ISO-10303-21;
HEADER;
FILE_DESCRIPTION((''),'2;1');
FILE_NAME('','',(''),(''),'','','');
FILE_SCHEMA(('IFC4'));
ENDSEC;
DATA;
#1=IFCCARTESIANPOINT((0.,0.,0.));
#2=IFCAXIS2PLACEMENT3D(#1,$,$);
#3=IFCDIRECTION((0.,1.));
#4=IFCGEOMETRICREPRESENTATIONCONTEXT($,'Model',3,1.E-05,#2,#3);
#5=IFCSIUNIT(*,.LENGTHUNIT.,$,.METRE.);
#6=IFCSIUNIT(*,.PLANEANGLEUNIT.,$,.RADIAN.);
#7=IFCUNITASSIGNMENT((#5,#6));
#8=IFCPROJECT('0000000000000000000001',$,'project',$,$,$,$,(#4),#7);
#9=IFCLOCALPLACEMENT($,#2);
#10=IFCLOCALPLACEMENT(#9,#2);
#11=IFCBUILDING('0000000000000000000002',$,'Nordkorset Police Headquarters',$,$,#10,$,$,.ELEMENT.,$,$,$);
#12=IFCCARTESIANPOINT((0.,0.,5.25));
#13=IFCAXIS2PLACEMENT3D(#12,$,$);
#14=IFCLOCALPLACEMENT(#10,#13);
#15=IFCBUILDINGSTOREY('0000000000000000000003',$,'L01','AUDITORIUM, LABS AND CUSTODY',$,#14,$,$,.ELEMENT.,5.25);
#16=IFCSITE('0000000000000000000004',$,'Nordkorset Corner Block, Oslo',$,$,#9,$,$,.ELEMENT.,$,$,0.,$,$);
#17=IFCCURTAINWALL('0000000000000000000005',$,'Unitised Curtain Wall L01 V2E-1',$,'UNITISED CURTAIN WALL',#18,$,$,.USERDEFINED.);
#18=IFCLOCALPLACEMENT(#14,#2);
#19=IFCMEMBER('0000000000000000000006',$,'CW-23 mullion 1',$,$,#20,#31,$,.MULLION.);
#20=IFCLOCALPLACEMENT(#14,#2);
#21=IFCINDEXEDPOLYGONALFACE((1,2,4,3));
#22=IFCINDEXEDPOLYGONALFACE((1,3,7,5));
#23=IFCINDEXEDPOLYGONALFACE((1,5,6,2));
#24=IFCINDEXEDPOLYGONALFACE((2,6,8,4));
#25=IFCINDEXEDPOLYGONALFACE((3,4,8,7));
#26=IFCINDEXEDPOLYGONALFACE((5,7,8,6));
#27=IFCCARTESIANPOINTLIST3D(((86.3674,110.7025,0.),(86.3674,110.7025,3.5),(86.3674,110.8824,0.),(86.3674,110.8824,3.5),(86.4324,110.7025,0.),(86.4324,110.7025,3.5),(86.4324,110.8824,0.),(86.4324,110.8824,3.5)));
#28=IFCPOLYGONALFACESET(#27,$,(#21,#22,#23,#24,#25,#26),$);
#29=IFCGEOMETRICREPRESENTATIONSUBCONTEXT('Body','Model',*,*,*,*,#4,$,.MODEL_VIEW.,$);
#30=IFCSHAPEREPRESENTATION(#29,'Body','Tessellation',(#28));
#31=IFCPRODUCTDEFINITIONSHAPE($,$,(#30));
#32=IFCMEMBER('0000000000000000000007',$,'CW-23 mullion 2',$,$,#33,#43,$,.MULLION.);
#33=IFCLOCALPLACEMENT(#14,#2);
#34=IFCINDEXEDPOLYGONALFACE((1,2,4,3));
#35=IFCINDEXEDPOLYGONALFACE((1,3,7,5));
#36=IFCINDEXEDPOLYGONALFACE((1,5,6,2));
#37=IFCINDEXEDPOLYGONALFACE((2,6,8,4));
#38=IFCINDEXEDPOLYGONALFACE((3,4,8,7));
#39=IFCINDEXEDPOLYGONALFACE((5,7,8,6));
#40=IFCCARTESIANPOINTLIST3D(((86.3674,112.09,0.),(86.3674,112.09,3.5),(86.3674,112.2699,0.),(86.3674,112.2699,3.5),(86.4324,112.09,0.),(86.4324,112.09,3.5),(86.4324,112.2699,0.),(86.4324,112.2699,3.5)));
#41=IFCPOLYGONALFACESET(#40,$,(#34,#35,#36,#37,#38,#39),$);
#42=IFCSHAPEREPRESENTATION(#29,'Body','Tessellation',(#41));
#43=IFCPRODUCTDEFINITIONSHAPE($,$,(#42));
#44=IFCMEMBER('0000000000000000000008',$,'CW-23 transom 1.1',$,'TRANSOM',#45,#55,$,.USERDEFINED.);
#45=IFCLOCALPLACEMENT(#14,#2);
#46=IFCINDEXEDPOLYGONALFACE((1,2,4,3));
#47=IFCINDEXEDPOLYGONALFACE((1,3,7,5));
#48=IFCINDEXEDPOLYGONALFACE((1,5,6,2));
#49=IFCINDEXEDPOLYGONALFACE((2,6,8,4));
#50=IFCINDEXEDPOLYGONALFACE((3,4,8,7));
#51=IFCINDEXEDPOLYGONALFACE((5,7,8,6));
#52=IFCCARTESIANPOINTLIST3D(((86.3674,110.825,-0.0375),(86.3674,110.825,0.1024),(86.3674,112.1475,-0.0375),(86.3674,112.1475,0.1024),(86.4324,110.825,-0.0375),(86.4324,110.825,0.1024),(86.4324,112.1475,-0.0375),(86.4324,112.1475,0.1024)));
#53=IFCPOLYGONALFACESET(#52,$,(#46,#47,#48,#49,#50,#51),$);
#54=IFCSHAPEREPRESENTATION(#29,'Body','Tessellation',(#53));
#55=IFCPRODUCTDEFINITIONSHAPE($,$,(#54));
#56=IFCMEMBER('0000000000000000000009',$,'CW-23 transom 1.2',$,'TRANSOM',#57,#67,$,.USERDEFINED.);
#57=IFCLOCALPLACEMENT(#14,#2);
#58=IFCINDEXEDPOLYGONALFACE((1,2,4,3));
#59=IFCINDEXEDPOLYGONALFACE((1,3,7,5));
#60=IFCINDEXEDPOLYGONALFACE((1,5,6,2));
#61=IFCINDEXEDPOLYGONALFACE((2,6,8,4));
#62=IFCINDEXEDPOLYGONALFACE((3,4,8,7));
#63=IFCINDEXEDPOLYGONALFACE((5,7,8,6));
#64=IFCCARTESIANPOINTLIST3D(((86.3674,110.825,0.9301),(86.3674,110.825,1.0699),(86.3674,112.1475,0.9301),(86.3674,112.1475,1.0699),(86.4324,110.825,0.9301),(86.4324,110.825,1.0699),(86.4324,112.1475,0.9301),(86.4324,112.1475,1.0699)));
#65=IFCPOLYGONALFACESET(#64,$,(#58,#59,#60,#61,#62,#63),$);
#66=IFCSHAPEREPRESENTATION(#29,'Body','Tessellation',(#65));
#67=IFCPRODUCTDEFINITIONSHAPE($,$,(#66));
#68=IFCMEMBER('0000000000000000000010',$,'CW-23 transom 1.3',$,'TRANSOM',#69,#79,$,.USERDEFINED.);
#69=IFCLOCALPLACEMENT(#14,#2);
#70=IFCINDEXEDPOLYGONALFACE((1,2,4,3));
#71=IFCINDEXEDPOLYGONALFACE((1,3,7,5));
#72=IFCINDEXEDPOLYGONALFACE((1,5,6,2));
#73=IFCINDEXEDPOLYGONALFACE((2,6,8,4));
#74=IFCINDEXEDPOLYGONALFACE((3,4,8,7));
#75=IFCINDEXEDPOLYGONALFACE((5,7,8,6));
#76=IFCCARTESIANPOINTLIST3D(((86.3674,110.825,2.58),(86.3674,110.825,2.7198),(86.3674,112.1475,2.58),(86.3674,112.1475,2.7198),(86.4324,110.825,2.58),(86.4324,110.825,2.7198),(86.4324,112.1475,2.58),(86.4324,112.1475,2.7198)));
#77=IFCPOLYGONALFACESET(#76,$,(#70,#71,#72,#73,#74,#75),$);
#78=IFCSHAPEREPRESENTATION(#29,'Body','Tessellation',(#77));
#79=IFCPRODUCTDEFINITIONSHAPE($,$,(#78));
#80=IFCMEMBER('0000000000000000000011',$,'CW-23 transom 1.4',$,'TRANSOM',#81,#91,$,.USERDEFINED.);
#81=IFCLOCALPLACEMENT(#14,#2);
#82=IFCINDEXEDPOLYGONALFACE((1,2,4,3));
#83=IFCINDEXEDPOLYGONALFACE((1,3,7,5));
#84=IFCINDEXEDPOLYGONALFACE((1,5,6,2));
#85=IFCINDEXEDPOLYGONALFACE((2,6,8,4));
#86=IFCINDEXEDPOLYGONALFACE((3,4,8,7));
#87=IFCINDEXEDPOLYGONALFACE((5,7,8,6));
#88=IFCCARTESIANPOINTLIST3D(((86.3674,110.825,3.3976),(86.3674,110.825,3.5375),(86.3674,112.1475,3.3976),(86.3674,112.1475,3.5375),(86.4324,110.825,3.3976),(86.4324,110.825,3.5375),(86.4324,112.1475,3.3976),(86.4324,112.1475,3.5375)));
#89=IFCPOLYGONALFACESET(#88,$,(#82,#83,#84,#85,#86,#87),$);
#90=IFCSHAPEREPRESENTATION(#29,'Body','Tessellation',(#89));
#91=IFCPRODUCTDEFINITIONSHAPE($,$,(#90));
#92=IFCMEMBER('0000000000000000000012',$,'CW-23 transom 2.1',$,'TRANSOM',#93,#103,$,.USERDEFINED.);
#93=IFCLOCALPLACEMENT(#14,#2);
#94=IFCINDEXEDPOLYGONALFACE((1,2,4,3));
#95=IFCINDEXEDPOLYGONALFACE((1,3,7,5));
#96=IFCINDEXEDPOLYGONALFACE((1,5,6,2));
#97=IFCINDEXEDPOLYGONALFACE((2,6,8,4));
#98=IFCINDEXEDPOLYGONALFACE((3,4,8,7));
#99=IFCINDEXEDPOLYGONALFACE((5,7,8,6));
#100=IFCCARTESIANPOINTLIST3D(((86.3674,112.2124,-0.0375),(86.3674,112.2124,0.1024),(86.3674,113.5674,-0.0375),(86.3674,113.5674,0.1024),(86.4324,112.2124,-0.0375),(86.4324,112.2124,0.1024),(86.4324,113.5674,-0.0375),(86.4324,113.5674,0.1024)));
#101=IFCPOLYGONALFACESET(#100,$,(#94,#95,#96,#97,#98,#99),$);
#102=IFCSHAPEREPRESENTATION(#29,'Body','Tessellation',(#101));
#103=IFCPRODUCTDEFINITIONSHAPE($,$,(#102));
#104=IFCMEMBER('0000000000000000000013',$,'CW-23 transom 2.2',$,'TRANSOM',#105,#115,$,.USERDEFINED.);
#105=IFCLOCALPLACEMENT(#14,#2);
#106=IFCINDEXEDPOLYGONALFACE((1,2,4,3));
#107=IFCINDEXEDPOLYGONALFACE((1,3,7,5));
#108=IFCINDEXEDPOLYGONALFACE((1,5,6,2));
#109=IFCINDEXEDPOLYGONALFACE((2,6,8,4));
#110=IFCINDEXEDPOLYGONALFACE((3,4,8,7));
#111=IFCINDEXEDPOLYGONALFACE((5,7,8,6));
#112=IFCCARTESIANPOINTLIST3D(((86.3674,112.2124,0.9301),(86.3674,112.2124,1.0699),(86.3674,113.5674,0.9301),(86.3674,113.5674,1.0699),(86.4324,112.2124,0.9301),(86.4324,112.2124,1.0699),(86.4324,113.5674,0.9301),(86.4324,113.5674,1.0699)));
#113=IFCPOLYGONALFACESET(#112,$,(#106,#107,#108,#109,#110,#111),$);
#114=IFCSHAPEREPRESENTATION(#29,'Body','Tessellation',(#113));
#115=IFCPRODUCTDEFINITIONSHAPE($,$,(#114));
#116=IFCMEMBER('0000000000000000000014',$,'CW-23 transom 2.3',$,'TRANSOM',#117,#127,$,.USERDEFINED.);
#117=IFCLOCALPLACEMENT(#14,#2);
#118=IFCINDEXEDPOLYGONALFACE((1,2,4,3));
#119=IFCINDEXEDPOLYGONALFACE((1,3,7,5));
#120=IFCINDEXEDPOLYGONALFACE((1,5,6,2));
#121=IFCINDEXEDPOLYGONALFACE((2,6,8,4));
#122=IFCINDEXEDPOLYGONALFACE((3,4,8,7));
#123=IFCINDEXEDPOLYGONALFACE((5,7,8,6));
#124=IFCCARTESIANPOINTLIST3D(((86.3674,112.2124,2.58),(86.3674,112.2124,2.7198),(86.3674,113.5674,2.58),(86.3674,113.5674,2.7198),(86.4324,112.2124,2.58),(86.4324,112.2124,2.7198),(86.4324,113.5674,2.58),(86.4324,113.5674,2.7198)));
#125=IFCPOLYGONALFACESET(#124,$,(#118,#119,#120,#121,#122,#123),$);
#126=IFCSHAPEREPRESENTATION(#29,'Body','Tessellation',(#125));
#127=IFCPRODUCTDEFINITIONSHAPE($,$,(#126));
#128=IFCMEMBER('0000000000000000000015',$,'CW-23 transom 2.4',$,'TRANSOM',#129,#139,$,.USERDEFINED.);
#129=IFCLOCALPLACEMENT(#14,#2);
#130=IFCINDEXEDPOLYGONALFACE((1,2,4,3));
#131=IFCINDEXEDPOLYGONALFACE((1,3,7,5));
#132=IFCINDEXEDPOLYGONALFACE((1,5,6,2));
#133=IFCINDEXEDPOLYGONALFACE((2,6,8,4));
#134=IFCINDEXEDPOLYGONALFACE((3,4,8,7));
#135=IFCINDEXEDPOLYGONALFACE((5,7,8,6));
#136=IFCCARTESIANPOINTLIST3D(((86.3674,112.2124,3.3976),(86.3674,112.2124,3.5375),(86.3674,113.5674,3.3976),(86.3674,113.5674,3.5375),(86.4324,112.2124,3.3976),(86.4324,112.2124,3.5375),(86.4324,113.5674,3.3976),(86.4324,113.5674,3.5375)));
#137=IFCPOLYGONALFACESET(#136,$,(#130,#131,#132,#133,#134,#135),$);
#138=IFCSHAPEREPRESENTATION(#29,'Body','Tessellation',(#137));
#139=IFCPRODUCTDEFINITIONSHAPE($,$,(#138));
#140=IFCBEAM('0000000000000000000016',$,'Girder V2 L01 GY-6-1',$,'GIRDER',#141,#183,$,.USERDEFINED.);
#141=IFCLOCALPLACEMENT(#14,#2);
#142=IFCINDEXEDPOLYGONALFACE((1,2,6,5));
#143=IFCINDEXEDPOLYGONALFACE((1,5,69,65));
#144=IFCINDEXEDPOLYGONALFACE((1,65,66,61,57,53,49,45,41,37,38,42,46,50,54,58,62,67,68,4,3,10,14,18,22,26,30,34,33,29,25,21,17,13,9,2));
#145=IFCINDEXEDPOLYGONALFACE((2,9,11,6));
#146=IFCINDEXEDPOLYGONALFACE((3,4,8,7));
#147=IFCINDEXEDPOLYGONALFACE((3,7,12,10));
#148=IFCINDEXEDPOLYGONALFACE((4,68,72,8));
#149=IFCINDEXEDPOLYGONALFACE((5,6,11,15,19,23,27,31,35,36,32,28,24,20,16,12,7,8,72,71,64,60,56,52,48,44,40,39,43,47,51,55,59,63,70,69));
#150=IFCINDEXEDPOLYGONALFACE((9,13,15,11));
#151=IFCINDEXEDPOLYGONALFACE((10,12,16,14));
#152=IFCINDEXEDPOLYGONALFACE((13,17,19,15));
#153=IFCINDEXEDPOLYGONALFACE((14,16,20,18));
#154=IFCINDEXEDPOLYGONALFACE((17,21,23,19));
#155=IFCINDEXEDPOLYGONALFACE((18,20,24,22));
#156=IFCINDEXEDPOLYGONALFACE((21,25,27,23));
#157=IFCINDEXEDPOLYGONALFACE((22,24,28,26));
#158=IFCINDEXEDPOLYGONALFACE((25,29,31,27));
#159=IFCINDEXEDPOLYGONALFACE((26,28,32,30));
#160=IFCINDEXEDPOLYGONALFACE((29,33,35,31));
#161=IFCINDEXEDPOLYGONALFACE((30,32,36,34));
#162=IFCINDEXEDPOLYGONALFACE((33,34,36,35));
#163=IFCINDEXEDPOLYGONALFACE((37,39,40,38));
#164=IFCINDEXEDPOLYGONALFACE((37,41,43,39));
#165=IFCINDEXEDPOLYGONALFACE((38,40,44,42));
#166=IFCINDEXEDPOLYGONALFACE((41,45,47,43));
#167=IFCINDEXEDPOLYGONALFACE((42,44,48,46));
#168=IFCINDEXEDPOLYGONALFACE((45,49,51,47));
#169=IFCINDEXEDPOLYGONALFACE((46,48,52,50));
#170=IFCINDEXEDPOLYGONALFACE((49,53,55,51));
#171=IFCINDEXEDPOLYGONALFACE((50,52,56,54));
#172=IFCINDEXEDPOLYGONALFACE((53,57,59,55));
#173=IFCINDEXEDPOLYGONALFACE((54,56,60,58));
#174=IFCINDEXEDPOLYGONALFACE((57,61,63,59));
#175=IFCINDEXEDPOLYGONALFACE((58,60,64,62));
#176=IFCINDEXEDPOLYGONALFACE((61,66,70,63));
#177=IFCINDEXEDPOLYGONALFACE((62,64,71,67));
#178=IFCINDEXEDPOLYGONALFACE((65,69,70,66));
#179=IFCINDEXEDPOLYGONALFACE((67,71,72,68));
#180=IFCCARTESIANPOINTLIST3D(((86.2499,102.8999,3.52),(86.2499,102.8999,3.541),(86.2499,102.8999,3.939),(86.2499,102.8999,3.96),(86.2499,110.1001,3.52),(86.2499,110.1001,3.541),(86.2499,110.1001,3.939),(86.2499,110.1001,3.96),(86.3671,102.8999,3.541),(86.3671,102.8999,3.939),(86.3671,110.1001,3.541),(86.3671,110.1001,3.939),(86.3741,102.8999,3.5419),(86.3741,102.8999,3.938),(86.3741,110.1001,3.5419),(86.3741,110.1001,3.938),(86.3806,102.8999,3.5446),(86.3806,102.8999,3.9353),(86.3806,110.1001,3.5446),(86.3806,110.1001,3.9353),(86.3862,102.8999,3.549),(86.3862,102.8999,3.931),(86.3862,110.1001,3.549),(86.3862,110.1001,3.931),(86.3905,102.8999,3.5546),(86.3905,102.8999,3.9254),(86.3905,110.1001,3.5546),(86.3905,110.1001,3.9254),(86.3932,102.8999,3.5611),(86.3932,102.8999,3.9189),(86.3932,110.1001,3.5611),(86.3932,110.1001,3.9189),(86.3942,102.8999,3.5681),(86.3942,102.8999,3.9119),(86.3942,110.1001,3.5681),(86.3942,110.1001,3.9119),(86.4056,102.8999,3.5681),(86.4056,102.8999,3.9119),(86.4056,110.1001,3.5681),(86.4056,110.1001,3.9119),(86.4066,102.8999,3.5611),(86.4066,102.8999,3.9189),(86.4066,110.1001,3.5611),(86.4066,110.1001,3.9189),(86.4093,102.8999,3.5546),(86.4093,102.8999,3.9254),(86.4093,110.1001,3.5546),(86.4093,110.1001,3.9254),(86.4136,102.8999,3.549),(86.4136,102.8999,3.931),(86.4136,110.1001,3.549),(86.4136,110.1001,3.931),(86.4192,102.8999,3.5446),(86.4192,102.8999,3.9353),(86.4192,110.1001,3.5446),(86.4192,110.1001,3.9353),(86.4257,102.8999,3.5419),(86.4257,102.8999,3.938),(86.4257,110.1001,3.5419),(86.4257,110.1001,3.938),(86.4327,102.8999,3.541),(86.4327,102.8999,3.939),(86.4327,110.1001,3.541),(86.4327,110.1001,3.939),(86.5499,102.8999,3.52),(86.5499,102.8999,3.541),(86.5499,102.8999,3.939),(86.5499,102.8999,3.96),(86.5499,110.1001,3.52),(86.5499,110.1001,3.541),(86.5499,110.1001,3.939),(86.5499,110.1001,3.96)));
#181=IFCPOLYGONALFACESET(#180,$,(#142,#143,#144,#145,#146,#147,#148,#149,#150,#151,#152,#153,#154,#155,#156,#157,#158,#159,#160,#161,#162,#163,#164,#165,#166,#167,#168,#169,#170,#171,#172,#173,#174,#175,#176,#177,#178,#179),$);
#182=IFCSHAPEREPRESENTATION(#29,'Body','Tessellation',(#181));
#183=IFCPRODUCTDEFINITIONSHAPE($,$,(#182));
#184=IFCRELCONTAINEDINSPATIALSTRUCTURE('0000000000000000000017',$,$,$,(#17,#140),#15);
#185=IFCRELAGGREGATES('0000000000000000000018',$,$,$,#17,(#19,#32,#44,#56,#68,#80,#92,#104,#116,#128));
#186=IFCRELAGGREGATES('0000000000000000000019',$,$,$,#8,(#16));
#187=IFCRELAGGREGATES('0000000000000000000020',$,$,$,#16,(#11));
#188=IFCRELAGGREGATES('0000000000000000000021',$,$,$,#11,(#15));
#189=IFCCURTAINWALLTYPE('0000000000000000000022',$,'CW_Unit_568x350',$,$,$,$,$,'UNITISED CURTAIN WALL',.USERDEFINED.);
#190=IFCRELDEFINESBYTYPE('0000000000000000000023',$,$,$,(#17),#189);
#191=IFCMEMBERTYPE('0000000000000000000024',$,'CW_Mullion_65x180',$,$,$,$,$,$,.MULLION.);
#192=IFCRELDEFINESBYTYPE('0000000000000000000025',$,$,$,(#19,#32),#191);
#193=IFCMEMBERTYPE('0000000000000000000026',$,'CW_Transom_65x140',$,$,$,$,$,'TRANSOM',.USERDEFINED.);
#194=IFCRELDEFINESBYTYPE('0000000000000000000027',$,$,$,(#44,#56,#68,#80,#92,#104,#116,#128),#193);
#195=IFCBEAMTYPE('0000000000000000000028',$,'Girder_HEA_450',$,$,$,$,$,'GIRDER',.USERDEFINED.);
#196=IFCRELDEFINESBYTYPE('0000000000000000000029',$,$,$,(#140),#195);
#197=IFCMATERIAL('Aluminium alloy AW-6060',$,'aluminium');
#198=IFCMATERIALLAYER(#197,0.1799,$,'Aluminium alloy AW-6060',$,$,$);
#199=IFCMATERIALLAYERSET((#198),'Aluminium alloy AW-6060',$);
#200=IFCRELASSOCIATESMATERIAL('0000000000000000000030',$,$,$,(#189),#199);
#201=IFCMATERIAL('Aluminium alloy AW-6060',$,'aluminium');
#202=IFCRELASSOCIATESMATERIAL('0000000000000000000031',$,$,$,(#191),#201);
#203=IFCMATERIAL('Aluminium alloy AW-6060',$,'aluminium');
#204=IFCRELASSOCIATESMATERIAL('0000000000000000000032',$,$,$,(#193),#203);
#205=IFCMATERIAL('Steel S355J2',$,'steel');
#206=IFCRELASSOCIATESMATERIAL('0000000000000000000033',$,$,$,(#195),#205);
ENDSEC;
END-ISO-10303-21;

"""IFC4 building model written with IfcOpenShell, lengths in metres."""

from ifc_helpers import new_model, si_unit, direction, frame, origin, origin_2d, place, context, subcontext, project, spatial, rectangle, i_section, extrude, material, layer, layer_set, material_profile, profile_set, type_object, element, aggregate, save


model = new_model("IFC4")

# Units and contexts
model_context = context("Model", 3, precision=1e-05, world=origin(), true_north=direction((0.0, 1.0)))
body_context = subcontext(model_context, "Body", "Model", "MODEL_VIEW")
ifc_project = project(units=[si_unit("LENGTHUNIT", "METRE"), si_unit("PLANEANGLEUNIT", "RADIAN")], contexts=[model_context])

# Site, building, storey
site_placement = place(None, origin())
site = spatial("IfcSite", under=ifc_project, at=site_placement, Name="Nordkorset Corner Block, Oslo", CompositionType="ELEMENT", RefElevation=0.0)
building_placement = place(site_placement, origin())
building = spatial("IfcBuilding", under=site, at=building_placement, Name="Nordkorset Police Headquarters", CompositionType="ELEMENT")
storey_placement = place(building_placement, frame((0.0, 0.0, 5.25)))
storey = spatial("IfcBuildingStorey", under=building, at=storey_placement, Name="L01", Description="AUDITORIUM, LABS AND CUSTODY", CompositionType="ELEMENT", Elevation=5.25)

# Curtain wall, members
ifc_material_1 = material(Name="Aluminium alloy AW-6060", Category="aluminium")
ifc_layer_1 = layer(ifc_material_1, 0.1799, Name="Aluminium alloy AW-6060")
ifc_layer_set_1 = layer_set([ifc_layer_1], Name="Aluminium alloy AW-6060")
curtain_wall_type = type_object("IfcCurtainWallType", Name="CW_Unit_568x350", ElementType="UNITISED CURTAIN WALL", PredefinedType="USERDEFINED", material=ifc_layer_set_1)
curtain_wall_placement = place(storey_placement, origin())
curtain_wall = element("IfcCurtainWall", 1, at=curtain_wall_placement, inside=storey, type_object=curtain_wall_type, Name="Unitised Curtain Wall L01 V2E-1", ObjectType="UNITISED CURTAIN WALL", PredefinedType="USERDEFINED")
ifc_material_2 = material(Name="Aluminium alloy AW-6060", Category="aluminium")
ifc_material_profile_1 = material_profile(ifc_material_2, rectangle(XDim=0.0649, YDim=0.1799, at=origin_2d()), Name="ALU MULL 65x180")
ifc_profile_set_1 = profile_set([ifc_material_profile_1], Name="Aluminium alloy AW-6060")
member_type_1 = type_object("IfcMemberType", Name="CW_Mullion_65x180", PredefinedType="MULLION", material=ifc_profile_set_1)
member_1_placement = place(storey_placement, frame((86.3999, 110.7925, 0.0), z_axis=(0.0, 0.0, 1.0), x_axis=(-1.0, 0.0, 0.0)))
member_1 = element("IfcMember", 2, at=member_1_placement, type_object=member_type_1, Name="CW-23 mullion 1", PredefinedType="MULLION", context=body_context, shape_type="SweptSolid", body=[
    extrude(rectangle(XDim=0.0649, YDim=0.1799, at=origin_2d()), origin(), (0.0, 0.0, 1.0), 3.5),
])
member_2_placement = place(storey_placement, frame((86.3999, 112.1799, 0.0), z_axis=(0.0, 0.0, 1.0), x_axis=(-1.0, 0.0, 0.0)))
member_2 = element("IfcMember", 3, at=member_2_placement, type_object=member_type_1, Name="CW-23 mullion 2", PredefinedType="MULLION", context=body_context, shape_type="SweptSolid", body=[
    extrude(rectangle(XDim=0.0649, YDim=0.1799, at=origin_2d()), origin(), (0.0, 0.0, 1.0), 3.5),
])
ifc_material_3 = material(Name="Aluminium alloy AW-6060", Category="aluminium")
ifc_material_profile_2 = material_profile(ifc_material_3, rectangle(XDim=0.0649, YDim=0.1399, at=origin_2d()), Name="ALU TRAN 65x140")
ifc_profile_set_2 = profile_set([ifc_material_profile_2], Name="Aluminium alloy AW-6060")
member_type_2 = type_object("IfcMemberType", Name="CW_Transom_65x140", ElementType="TRANSOM", PredefinedType="USERDEFINED", material=ifc_profile_set_2)
member_3_placement = place(storey_placement, frame((86.3999, 110.825, 0.0325), z_axis=(0.0, 1.0, 0.0), x_axis=(-1.0, 0.0, 0.0)))
member_3 = element("IfcMember", 4, at=member_3_placement, type_object=member_type_2, Name="CW-23 transom 1.1", ObjectType="TRANSOM", PredefinedType="USERDEFINED", context=body_context, shape_type="SweptSolid", body=[
    extrude(rectangle(XDim=0.0649, YDim=0.1399, at=origin_2d()), origin(), (0.0, 0.0, 1.0), 1.3225),
])
member_4_placement = place(storey_placement, frame((86.3999, 110.825, 1.0), z_axis=(0.0, 1.0, 0.0), x_axis=(-1.0, 0.0, 0.0)))
member_4 = element("IfcMember", 5, at=member_4_placement, type_object=member_type_2, Name="CW-23 transom 1.2", ObjectType="TRANSOM", PredefinedType="USERDEFINED", context=body_context, shape_type="SweptSolid", body=[
    extrude(rectangle(XDim=0.0649, YDim=0.1399, at=origin_2d()), origin(), (0.0, 0.0, 1.0), 1.3225),
])
member_5_placement = place(storey_placement, frame((86.3999, 110.825, 2.6499), z_axis=(0.0, 1.0, 0.0), x_axis=(-1.0, 0.0, 0.0)))
member_5 = element("IfcMember", 6, at=member_5_placement, type_object=member_type_2, Name="CW-23 transom 1.3", ObjectType="TRANSOM", PredefinedType="USERDEFINED", context=body_context, shape_type="SweptSolid", body=[
    extrude(rectangle(XDim=0.0649, YDim=0.1399, at=origin_2d()), origin(), (0.0, 0.0, 1.0), 1.3225),
])
member_6_placement = place(storey_placement, frame((86.3999, 110.825, 3.4675), z_axis=(0.0, 1.0, 0.0), x_axis=(-1.0, 0.0, 0.0)))
member_6 = element("IfcMember", 7, at=member_6_placement, type_object=member_type_2, Name="CW-23 transom 1.4", ObjectType="TRANSOM", PredefinedType="USERDEFINED", context=body_context, shape_type="SweptSolid", body=[
    extrude(rectangle(XDim=0.0649, YDim=0.1399, at=origin_2d()), origin(), (0.0, 0.0, 1.0), 1.3225),
])
member_7_placement = place(storey_placement, frame((86.3999, 112.2124, 0.0325), z_axis=(0.0, 1.0, 0.0), x_axis=(-1.0, 0.0, 0.0)))
member_7 = element("IfcMember", 8, at=member_7_placement, type_object=member_type_2, Name="CW-23 transom 2.1", ObjectType="TRANSOM", PredefinedType="USERDEFINED", context=body_context, shape_type="SweptSolid", body=[
    extrude(rectangle(XDim=0.0649, YDim=0.1399, at=origin_2d()), origin(), (0.0, 0.0, 1.0), 1.355),
])
member_8_placement = place(storey_placement, frame((86.3999, 112.2124, 1.0), z_axis=(0.0, 1.0, 0.0), x_axis=(-1.0, 0.0, 0.0)))
member_8 = element("IfcMember", 9, at=member_8_placement, type_object=member_type_2, Name="CW-23 transom 2.2", ObjectType="TRANSOM", PredefinedType="USERDEFINED", context=body_context, shape_type="SweptSolid", body=[
    extrude(rectangle(XDim=0.0649, YDim=0.1399, at=origin_2d()), origin(), (0.0, 0.0, 1.0), 1.355),
])
member_9_placement = place(storey_placement, frame((86.3999, 112.2124, 2.6499), z_axis=(0.0, 1.0, 0.0), x_axis=(-1.0, 0.0, 0.0)))
member_9 = element("IfcMember", 10, at=member_9_placement, type_object=member_type_2, Name="CW-23 transom 2.3", ObjectType="TRANSOM", PredefinedType="USERDEFINED", context=body_context, shape_type="SweptSolid", body=[
    extrude(rectangle(XDim=0.0649, YDim=0.1399, at=origin_2d()), origin(), (0.0, 0.0, 1.0), 1.355),
])
member_10_placement = place(storey_placement, frame((86.3999, 112.2124, 3.4675), z_axis=(0.0, 1.0, 0.0), x_axis=(-1.0, 0.0, 0.0)))
member_10 = element("IfcMember", 11, at=member_10_placement, type_object=member_type_2, Name="CW-23 transom 2.4", ObjectType="TRANSOM", PredefinedType="USERDEFINED", context=body_context, shape_type="SweptSolid", body=[
    extrude(rectangle(XDim=0.0649, YDim=0.1399, at=origin_2d()), origin(), (0.0, 0.0, 1.0), 1.355),
])

# Beam
ifc_material_4 = material(Name="Steel S355J2", Category="steel")
ifc_material_profile_3 = material_profile(ifc_material_4, i_section(OverallWidth=0.3, OverallDepth=0.4399, WebThickness=0.0115, FlangeThickness=0.021, FilletRadius=0.0271, at=origin_2d()), Name="HEA 450")
ifc_profile_set_3 = profile_set([ifc_material_profile_3], Name="Steel S355J2")
beam_type = type_object("IfcBeamType", Name="Girder_HEA_450", ElementType="GIRDER", PredefinedType="USERDEFINED", material=ifc_profile_set_3)
beam_1_placement = place(storey_placement, frame((86.3999, 102.8999, 3.74), z_axis=(0.0, 1.0, 0.0), x_axis=(-1.0, 0.0, 0.0)))
element("IfcBeam", 12, at=beam_1_placement, inside=storey, type_object=beam_type, Name="Girder V2 L01 GY-6-1", ObjectType="GIRDER", PredefinedType="USERDEFINED", context=body_context, shape_type="SweptSolid", body=[
    extrude(i_section(OverallWidth=0.3, OverallDepth=0.4399, WebThickness=0.0115, FlangeThickness=0.021, FilletRadius=0.0271, at=origin_2d()), origin(), (0.0, 0.0, 1.0), 7.2002),
])

aggregate(curtain_wall, [member_1, member_2, member_3, member_4, member_5, member_6, member_7, member_8, member_9, member_10])

save(model, "model.ifc")
